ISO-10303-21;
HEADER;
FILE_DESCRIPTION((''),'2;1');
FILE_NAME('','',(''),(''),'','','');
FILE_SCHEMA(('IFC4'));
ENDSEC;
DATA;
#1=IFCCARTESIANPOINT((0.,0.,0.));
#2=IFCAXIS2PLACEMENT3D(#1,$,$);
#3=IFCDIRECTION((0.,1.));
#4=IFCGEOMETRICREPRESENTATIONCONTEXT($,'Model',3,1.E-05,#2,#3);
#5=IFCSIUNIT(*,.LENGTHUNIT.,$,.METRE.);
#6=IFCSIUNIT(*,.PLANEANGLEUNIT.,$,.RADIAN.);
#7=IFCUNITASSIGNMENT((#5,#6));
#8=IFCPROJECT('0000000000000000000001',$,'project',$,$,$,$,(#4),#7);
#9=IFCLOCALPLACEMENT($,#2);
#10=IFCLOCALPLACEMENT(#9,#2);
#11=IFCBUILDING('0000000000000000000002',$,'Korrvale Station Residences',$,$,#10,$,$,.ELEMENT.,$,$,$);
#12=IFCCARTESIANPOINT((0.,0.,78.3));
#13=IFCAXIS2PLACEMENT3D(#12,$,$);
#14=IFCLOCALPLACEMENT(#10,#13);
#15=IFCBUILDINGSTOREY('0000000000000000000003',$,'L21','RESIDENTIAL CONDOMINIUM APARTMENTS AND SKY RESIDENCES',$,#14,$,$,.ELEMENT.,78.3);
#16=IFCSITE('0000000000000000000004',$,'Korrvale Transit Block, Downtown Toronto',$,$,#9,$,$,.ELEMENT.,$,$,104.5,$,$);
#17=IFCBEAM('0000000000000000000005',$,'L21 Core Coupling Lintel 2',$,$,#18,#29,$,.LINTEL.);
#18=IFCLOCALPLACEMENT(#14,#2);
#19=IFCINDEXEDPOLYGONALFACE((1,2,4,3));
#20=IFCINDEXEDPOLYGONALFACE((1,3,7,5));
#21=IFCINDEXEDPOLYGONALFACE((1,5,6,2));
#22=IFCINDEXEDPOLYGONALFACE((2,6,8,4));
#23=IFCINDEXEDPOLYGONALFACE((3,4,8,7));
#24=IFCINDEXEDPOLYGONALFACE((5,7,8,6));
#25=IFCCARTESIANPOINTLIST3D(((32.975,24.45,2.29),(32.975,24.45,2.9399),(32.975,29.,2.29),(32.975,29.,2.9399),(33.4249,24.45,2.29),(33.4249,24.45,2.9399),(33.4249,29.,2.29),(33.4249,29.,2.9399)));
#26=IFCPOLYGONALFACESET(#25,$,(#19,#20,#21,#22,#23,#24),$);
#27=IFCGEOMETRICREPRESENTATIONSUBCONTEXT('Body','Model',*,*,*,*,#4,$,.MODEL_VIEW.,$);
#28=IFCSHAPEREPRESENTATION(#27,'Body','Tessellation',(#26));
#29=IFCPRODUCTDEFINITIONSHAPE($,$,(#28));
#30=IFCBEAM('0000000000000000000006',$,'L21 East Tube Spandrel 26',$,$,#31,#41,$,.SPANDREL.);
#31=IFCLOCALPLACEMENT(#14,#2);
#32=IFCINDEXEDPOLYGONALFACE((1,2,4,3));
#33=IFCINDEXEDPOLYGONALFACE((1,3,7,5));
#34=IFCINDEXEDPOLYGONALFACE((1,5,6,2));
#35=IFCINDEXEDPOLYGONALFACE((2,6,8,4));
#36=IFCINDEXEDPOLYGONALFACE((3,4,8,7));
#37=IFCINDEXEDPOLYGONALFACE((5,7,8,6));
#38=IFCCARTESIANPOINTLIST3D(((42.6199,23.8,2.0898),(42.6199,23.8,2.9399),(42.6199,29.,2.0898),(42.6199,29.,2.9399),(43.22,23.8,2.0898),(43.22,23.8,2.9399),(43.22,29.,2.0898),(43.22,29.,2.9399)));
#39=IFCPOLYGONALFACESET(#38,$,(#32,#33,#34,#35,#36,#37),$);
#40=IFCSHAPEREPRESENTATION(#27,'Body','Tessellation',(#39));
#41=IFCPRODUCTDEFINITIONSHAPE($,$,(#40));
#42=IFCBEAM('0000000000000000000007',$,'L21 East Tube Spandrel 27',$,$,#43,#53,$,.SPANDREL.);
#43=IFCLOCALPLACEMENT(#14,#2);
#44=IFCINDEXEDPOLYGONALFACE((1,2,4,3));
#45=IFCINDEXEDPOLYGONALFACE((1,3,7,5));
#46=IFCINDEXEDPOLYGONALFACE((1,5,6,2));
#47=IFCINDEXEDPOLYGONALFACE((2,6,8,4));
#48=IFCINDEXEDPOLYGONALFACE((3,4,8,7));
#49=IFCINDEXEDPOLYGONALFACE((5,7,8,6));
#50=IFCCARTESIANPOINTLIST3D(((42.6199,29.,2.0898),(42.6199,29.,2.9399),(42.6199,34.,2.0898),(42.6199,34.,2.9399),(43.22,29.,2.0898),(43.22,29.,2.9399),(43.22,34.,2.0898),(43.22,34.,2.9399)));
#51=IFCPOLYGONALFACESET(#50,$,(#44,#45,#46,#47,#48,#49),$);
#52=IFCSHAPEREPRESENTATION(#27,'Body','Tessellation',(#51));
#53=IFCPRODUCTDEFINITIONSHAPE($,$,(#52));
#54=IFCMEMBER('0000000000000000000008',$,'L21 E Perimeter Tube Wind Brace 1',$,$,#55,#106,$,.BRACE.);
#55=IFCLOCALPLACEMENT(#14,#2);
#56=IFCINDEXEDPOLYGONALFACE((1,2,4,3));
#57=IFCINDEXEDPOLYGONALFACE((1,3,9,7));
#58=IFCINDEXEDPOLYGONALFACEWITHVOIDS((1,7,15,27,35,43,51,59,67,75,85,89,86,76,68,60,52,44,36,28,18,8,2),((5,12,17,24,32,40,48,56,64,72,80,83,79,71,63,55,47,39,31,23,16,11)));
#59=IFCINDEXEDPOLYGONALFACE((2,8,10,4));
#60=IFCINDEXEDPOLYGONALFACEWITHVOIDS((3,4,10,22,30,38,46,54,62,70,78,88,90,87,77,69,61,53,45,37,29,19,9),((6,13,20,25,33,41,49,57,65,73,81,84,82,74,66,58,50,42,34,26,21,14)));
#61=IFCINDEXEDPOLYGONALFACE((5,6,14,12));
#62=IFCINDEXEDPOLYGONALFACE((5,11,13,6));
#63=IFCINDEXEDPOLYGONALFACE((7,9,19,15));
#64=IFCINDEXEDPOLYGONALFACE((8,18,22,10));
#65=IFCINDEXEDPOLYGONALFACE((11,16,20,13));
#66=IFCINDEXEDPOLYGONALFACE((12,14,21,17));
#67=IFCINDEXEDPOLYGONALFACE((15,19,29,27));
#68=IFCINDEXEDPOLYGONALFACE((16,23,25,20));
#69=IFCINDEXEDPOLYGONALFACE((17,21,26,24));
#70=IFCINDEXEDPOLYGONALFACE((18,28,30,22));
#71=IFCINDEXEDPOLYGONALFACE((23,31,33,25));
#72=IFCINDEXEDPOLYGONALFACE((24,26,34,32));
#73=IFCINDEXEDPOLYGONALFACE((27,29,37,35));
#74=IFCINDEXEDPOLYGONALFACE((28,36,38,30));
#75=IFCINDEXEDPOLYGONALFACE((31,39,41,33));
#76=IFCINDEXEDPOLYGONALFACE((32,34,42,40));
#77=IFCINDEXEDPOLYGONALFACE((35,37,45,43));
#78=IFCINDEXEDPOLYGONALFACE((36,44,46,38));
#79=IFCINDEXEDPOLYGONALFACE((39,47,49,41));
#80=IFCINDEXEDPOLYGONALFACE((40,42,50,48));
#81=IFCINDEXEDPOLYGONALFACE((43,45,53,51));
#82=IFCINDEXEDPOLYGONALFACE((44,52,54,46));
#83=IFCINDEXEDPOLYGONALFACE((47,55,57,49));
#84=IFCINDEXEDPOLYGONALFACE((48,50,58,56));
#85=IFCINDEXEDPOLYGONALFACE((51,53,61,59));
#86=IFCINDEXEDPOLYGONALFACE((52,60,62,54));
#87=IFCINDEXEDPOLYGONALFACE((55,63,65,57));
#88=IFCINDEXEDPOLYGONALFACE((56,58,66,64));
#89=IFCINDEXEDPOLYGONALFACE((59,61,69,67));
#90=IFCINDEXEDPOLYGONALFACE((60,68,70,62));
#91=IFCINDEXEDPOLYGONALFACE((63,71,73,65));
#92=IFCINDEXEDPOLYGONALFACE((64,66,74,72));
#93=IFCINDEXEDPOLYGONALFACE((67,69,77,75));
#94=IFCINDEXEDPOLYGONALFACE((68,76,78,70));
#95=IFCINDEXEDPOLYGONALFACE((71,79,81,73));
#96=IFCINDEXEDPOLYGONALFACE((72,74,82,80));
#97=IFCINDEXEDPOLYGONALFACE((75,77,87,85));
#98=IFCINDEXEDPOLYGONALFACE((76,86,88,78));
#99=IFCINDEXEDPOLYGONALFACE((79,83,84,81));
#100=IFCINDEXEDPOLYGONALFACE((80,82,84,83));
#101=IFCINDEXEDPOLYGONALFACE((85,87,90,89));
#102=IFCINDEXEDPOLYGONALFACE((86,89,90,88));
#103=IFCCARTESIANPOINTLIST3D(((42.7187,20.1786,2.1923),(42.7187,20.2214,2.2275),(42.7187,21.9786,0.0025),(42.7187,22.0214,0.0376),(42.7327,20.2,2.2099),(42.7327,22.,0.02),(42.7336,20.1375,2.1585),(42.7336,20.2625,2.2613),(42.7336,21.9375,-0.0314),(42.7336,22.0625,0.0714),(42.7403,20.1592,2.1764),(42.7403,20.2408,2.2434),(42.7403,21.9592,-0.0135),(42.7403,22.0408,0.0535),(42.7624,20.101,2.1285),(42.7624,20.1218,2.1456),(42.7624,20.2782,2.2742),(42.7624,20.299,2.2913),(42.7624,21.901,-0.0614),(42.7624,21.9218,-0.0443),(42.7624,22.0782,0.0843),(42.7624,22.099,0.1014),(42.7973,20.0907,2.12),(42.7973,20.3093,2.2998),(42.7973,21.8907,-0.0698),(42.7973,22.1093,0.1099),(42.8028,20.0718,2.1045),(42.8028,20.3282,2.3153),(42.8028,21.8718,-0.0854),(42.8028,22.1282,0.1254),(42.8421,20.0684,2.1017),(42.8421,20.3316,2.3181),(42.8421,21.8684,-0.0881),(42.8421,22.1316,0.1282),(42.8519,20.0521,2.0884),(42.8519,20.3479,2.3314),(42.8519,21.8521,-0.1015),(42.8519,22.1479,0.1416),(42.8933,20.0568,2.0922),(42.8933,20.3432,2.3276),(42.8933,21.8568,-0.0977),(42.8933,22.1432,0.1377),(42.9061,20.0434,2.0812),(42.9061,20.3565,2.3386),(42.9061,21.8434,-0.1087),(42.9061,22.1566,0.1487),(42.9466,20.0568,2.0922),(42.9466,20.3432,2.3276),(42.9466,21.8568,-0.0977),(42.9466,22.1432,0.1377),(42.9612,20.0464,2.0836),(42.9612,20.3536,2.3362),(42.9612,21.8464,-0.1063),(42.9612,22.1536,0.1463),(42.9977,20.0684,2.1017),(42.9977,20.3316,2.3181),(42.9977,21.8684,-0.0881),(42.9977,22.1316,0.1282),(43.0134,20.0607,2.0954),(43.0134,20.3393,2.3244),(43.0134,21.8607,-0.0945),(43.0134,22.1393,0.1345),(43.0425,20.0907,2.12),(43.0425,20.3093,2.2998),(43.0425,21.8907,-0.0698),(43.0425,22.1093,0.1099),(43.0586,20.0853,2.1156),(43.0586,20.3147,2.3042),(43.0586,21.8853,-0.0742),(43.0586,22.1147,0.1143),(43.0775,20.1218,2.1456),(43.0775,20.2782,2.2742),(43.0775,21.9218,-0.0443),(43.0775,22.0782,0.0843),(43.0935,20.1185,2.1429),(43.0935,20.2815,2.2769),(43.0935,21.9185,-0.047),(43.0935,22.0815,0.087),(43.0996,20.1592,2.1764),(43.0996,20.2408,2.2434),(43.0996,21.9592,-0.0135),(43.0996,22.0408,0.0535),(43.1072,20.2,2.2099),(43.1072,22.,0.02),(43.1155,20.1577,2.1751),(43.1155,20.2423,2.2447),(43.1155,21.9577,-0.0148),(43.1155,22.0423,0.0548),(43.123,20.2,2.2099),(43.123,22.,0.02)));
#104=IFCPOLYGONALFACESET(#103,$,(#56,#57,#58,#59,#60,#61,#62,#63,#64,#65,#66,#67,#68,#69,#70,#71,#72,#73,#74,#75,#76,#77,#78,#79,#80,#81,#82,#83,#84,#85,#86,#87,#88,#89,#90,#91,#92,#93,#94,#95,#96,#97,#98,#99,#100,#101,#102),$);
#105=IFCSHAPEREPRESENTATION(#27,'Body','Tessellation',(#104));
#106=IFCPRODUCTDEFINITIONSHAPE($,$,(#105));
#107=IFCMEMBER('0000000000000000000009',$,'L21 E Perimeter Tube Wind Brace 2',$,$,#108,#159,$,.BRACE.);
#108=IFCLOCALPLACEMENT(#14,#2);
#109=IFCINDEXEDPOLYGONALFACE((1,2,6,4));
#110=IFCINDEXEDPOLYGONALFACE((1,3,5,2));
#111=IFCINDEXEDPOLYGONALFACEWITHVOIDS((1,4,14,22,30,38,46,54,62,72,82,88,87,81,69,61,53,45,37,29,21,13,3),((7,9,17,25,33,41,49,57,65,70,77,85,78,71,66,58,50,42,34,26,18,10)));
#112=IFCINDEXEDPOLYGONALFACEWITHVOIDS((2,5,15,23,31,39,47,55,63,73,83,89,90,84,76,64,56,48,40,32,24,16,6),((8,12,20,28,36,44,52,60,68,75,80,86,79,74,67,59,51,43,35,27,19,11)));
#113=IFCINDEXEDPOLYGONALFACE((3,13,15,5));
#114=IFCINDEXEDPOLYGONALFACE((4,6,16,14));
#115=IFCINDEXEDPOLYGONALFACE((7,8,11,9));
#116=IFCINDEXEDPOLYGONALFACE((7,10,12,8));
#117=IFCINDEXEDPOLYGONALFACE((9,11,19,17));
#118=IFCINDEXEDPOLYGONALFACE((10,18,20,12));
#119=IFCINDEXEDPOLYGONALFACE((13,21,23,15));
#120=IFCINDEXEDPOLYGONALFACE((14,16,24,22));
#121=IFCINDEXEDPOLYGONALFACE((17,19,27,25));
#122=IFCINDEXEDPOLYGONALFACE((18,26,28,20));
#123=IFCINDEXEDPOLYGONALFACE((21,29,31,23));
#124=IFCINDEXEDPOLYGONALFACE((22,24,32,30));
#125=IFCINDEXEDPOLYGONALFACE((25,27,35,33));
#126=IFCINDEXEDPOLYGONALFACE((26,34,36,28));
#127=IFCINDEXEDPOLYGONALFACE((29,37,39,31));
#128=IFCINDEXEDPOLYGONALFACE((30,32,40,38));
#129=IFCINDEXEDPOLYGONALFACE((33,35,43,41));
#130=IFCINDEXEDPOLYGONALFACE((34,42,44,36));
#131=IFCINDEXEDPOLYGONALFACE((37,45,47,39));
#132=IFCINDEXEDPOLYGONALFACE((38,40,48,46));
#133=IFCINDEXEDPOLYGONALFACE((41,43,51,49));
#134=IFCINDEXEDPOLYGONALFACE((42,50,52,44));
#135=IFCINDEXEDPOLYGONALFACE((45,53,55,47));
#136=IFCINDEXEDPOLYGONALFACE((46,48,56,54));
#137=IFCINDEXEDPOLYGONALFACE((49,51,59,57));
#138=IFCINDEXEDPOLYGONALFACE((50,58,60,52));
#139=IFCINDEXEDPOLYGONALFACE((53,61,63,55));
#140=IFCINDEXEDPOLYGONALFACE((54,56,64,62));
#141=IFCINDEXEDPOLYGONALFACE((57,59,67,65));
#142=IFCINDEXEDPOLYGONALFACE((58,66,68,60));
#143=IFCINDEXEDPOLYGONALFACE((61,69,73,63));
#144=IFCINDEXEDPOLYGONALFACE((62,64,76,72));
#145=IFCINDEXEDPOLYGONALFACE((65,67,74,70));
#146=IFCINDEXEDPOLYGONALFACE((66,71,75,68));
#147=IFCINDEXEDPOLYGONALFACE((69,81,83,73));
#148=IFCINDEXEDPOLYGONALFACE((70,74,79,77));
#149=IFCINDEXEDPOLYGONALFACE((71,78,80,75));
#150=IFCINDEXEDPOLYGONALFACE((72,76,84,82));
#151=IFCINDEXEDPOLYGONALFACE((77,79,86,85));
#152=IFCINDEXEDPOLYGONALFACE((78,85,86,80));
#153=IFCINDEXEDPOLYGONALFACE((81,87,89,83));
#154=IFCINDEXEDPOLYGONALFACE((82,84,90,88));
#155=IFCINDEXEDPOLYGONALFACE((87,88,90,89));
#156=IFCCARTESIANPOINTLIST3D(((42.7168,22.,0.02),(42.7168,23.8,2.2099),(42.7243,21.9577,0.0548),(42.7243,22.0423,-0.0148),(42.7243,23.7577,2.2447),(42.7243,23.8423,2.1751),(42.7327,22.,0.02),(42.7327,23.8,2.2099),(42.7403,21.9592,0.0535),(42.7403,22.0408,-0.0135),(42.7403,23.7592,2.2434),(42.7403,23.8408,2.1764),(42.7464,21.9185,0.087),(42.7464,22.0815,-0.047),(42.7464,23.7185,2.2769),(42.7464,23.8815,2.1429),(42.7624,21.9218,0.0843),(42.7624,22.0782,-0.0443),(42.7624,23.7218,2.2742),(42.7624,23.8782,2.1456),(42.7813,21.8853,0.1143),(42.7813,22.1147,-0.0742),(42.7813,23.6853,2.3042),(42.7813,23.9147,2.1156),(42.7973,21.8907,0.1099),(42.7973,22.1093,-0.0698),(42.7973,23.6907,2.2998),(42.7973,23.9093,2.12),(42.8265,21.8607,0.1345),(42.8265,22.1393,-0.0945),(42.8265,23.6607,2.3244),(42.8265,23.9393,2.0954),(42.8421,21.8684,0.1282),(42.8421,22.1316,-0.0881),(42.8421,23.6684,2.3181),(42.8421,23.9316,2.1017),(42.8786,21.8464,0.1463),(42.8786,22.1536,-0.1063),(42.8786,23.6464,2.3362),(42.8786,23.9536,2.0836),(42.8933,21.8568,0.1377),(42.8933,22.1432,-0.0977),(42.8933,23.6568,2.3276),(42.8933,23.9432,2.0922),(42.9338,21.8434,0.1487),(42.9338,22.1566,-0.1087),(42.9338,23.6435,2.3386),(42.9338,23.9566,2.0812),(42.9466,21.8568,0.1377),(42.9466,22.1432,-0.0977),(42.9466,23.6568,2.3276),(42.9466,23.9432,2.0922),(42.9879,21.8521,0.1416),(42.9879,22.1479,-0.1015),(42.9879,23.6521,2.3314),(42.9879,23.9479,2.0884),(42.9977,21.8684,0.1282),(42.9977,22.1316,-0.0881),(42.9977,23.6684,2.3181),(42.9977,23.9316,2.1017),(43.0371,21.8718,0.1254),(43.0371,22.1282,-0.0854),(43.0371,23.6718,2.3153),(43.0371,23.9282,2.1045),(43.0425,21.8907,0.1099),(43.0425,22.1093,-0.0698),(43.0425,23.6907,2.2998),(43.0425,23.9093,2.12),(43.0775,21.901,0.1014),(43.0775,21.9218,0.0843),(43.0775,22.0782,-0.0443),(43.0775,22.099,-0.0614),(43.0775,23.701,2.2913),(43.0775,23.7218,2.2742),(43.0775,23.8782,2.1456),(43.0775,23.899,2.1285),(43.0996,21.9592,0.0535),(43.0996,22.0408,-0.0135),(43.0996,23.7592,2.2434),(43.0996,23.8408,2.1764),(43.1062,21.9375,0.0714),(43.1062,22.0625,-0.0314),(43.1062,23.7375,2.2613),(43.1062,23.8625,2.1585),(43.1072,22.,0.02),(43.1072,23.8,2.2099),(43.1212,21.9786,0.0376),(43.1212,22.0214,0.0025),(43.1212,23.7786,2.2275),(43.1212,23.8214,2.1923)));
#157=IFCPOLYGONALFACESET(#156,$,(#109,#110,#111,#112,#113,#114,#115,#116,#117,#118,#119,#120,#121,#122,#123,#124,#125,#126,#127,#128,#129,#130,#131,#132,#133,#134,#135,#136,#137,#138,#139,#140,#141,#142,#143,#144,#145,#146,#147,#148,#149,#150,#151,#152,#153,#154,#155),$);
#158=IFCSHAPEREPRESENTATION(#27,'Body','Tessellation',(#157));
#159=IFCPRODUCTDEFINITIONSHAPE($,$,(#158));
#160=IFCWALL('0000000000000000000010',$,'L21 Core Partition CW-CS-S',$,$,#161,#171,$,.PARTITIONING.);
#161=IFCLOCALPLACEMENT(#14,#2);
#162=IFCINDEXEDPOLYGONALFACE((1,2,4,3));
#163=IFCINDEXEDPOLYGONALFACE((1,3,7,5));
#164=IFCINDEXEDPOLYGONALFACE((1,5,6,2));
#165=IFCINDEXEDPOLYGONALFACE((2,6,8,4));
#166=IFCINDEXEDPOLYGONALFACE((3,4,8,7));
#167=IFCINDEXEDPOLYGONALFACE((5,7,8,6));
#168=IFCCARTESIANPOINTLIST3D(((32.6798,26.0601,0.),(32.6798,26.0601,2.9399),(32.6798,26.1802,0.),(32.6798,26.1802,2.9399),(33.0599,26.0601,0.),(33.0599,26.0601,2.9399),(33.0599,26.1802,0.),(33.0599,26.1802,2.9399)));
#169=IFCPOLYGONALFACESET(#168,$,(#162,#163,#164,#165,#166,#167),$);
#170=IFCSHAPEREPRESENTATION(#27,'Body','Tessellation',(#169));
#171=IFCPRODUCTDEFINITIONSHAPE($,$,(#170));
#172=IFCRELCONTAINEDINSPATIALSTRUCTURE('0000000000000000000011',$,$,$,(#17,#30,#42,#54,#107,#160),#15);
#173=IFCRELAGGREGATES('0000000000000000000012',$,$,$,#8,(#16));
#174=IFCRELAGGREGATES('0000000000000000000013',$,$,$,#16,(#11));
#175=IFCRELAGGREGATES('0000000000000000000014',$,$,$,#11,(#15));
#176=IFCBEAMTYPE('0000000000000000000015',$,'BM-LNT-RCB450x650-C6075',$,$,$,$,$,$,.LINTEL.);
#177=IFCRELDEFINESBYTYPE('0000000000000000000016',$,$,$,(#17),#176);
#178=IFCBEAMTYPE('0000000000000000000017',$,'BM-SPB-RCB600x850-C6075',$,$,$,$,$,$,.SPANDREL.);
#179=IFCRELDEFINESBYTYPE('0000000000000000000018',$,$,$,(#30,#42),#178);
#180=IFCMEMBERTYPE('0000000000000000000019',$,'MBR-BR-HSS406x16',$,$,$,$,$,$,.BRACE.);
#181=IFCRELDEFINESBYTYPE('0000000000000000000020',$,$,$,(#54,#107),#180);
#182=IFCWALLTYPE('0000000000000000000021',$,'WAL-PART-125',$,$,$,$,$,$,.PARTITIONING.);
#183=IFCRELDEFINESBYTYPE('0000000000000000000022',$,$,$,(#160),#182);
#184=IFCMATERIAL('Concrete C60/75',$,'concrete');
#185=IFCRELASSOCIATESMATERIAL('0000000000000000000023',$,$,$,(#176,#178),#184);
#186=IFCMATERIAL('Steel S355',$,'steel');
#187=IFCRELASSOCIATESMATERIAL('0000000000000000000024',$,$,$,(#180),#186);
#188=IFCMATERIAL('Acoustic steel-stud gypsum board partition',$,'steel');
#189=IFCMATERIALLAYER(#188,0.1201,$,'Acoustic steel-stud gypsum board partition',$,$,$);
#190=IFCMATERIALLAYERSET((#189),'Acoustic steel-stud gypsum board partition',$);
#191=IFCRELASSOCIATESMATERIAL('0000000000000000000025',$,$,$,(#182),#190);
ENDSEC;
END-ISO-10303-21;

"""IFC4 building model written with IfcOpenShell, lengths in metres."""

from ifc_helpers import new_model, si_unit, direction, frame, frame_2d, origin, origin_2d, place, context, subcontext, project, spatial, rectangle, hollow_circle, extrude, material, layer, layer_set, material_profile, profile_set, type_object, element, save


model = new_model("IFC4")

# Units and contexts
model_context = context("Model", 3, precision=1e-05, world=origin(), true_north=direction((0.0, 1.0)))
body_context = subcontext(model_context, "Body", "Model", "MODEL_VIEW")
ifc_project = project(units=[si_unit("LENGTHUNIT", "METRE"), si_unit("PLANEANGLEUNIT", "RADIAN")], contexts=[model_context])

# Site, building, storey
site_placement = place(None, origin())
site = spatial("IfcSite", under=ifc_project, at=site_placement, Name="Korrvale Transit Block, Downtown Toronto", CompositionType="ELEMENT", RefElevation=104.5)
building_placement = place(site_placement, origin())
building = spatial("IfcBuilding", under=site, at=building_placement, Name="Korrvale Station Residences", CompositionType="ELEMENT")
storey_placement = place(building_placement, frame((0.0, 0.0, 78.3)))
storey = spatial("IfcBuildingStorey", under=building, at=storey_placement, Name="L21", Description="RESIDENTIAL CONDOMINIUM APARTMENTS AND SKY RESIDENCES", CompositionType="ELEMENT", Elevation=78.3)

# Shared definitions
ifc_material_1 = material(Name="Concrete C60/75", Category="concrete")

# Beams
ifc_material_2 = material(Name="Steel S355", Category="steel")
ifc_material_profile_1 = material_profile(ifc_material_1, rectangle(XDim=0.45, YDim=0.6499, at=origin_2d()), Name="RCB450x650")
ifc_profile_set_1 = profile_set([ifc_material_profile_1], Name="Concrete C60/75")
beam_type_1 = type_object("IfcBeamType", Name="BM-LNT-RCB450x650-C6075", PredefinedType="LINTEL", material=ifc_profile_set_1)
beam_1_placement = place(storey_placement, frame((33.2, 24.45, 2.615), z_axis=(0.0, 1.0, 0.0), x_axis=(-1.0, 0.0, 0.0)))
element("IfcBeam", 1, at=beam_1_placement, inside=storey, type_object=beam_type_1, Name="L21 Core Coupling Lintel 2", PredefinedType="LINTEL", context=body_context, shape_type="SweptSolid", body=[
    extrude(rectangle(XDim=0.45, YDim=0.6499, at=origin_2d()), origin(), (0.0, 0.0, 1.0), 4.55),
])
ifc_material_profile_2 = material_profile(ifc_material_1, rectangle(XDim=0.6001, YDim=0.8501, at=origin_2d()), Name="RCB600x850")
ifc_profile_set_2 = profile_set([ifc_material_profile_2], Name="Concrete C60/75")
beam_type_2 = type_object("IfcBeamType", Name="BM-SPB-RCB600x850-C6075", PredefinedType="SPANDREL", material=ifc_profile_set_2)
beam_2_placement = place(storey_placement, frame((42.9199, 23.8, 2.5149), z_axis=(0.0, 1.0, 0.0), x_axis=(-1.0, 0.0, 0.0)))
element("IfcBeam", 2, at=beam_2_placement, inside=storey, type_object=beam_type_2, Name="L21 East Tube Spandrel 26", PredefinedType="SPANDREL", context=body_context, shape_type="SweptSolid", body=[
    extrude(rectangle(XDim=0.6001, YDim=0.8501, at=origin_2d()), origin(), (0.0, 0.0, 1.0), 5.2),
])
beam_3_placement = place(storey_placement, frame((42.9199, 29.0, 2.5149), z_axis=(0.0, 1.0, 0.0), x_axis=(-1.0, 0.0, 0.0)))
element("IfcBeam", 3, at=beam_3_placement, inside=storey, type_object=beam_type_2, Name="L21 East Tube Spandrel 27", PredefinedType="SPANDREL", context=body_context, shape_type="SweptSolid", body=[
    extrude(rectangle(XDim=0.6001, YDim=0.8501, at=origin_2d()), origin(), (0.0, 0.0, 1.0), 5.0),
])

# Members
ifc_material_profile_3 = material_profile(ifc_material_2, hollow_circle(Radius=0.2031, WallThickness=0.0159, at=origin_2d()), Name="HSS406x16")
ifc_profile_set_3 = profile_set([ifc_material_profile_3], Name="Steel S355")
member_type = type_object("IfcMemberType", Name="MBR-BR-HSS406x16", PredefinedType="BRACE", material=ifc_profile_set_3)
for number, where, z_axis, x_axis, name in (
    (4, (42.9199, 22.0, 0.02), (0.0, -0.634985, 0.772524), (1.0, 0.0, 0.0), "L21 E Perimeter Tube Wind Brace 1"),
    (5, (42.9199, 22.0, 0.02), (0.0, 0.634985, 0.772524), (-1.0, 0.0, 0.0), "L21 E Perimeter Tube Wind Brace 2"),
):
    element("IfcMember", number, at=place(storey_placement, frame(where, z_axis=z_axis, x_axis=x_axis)), inside=storey, type_object=member_type, Name=name, PredefinedType="BRACE", context=body_context, shape_type="SweptSolid", body=[
        extrude(hollow_circle(Radius=0.2031, WallThickness=0.0159, at=origin_2d()), origin(), (0.0, 0.0, 1.0), 2.8347),
    ])

# Wall
ifc_material_3 = material(Name="Acoustic steel-stud gypsum board partition", Category="steel")
ifc_layer_1 = layer(ifc_material_3, 0.1201, Name="Acoustic steel-stud gypsum board partition")
ifc_layer_set_1 = layer_set([ifc_layer_1], Name="Acoustic steel-stud gypsum board partition")
wall_type_1 = type_object("IfcWallType", Name="WAL-PART-125", PredefinedType="PARTITIONING", material=ifc_layer_set_1)
wall_1_placement = place(storey_placement, frame((32.6799, 26.1201, 0.0), z_axis=(0.0, 0.0, 1.0), x_axis=(1.0, 0.0, 0.0)))
element("IfcWall", 6, at=wall_1_placement, inside=storey, type_object=wall_type_1, Name="L21 Core Partition CW-CS-S", PredefinedType="PARTITIONING", context=body_context, shape_type="SweptSolid", body=[
    extrude(rectangle(XDim=0.3801, YDim=0.1201, at=frame_2d((0.1899, 0.0))), origin(), (0.0, 0.0, 1.0), 2.9399),
])

save(model, "model.ifc")
